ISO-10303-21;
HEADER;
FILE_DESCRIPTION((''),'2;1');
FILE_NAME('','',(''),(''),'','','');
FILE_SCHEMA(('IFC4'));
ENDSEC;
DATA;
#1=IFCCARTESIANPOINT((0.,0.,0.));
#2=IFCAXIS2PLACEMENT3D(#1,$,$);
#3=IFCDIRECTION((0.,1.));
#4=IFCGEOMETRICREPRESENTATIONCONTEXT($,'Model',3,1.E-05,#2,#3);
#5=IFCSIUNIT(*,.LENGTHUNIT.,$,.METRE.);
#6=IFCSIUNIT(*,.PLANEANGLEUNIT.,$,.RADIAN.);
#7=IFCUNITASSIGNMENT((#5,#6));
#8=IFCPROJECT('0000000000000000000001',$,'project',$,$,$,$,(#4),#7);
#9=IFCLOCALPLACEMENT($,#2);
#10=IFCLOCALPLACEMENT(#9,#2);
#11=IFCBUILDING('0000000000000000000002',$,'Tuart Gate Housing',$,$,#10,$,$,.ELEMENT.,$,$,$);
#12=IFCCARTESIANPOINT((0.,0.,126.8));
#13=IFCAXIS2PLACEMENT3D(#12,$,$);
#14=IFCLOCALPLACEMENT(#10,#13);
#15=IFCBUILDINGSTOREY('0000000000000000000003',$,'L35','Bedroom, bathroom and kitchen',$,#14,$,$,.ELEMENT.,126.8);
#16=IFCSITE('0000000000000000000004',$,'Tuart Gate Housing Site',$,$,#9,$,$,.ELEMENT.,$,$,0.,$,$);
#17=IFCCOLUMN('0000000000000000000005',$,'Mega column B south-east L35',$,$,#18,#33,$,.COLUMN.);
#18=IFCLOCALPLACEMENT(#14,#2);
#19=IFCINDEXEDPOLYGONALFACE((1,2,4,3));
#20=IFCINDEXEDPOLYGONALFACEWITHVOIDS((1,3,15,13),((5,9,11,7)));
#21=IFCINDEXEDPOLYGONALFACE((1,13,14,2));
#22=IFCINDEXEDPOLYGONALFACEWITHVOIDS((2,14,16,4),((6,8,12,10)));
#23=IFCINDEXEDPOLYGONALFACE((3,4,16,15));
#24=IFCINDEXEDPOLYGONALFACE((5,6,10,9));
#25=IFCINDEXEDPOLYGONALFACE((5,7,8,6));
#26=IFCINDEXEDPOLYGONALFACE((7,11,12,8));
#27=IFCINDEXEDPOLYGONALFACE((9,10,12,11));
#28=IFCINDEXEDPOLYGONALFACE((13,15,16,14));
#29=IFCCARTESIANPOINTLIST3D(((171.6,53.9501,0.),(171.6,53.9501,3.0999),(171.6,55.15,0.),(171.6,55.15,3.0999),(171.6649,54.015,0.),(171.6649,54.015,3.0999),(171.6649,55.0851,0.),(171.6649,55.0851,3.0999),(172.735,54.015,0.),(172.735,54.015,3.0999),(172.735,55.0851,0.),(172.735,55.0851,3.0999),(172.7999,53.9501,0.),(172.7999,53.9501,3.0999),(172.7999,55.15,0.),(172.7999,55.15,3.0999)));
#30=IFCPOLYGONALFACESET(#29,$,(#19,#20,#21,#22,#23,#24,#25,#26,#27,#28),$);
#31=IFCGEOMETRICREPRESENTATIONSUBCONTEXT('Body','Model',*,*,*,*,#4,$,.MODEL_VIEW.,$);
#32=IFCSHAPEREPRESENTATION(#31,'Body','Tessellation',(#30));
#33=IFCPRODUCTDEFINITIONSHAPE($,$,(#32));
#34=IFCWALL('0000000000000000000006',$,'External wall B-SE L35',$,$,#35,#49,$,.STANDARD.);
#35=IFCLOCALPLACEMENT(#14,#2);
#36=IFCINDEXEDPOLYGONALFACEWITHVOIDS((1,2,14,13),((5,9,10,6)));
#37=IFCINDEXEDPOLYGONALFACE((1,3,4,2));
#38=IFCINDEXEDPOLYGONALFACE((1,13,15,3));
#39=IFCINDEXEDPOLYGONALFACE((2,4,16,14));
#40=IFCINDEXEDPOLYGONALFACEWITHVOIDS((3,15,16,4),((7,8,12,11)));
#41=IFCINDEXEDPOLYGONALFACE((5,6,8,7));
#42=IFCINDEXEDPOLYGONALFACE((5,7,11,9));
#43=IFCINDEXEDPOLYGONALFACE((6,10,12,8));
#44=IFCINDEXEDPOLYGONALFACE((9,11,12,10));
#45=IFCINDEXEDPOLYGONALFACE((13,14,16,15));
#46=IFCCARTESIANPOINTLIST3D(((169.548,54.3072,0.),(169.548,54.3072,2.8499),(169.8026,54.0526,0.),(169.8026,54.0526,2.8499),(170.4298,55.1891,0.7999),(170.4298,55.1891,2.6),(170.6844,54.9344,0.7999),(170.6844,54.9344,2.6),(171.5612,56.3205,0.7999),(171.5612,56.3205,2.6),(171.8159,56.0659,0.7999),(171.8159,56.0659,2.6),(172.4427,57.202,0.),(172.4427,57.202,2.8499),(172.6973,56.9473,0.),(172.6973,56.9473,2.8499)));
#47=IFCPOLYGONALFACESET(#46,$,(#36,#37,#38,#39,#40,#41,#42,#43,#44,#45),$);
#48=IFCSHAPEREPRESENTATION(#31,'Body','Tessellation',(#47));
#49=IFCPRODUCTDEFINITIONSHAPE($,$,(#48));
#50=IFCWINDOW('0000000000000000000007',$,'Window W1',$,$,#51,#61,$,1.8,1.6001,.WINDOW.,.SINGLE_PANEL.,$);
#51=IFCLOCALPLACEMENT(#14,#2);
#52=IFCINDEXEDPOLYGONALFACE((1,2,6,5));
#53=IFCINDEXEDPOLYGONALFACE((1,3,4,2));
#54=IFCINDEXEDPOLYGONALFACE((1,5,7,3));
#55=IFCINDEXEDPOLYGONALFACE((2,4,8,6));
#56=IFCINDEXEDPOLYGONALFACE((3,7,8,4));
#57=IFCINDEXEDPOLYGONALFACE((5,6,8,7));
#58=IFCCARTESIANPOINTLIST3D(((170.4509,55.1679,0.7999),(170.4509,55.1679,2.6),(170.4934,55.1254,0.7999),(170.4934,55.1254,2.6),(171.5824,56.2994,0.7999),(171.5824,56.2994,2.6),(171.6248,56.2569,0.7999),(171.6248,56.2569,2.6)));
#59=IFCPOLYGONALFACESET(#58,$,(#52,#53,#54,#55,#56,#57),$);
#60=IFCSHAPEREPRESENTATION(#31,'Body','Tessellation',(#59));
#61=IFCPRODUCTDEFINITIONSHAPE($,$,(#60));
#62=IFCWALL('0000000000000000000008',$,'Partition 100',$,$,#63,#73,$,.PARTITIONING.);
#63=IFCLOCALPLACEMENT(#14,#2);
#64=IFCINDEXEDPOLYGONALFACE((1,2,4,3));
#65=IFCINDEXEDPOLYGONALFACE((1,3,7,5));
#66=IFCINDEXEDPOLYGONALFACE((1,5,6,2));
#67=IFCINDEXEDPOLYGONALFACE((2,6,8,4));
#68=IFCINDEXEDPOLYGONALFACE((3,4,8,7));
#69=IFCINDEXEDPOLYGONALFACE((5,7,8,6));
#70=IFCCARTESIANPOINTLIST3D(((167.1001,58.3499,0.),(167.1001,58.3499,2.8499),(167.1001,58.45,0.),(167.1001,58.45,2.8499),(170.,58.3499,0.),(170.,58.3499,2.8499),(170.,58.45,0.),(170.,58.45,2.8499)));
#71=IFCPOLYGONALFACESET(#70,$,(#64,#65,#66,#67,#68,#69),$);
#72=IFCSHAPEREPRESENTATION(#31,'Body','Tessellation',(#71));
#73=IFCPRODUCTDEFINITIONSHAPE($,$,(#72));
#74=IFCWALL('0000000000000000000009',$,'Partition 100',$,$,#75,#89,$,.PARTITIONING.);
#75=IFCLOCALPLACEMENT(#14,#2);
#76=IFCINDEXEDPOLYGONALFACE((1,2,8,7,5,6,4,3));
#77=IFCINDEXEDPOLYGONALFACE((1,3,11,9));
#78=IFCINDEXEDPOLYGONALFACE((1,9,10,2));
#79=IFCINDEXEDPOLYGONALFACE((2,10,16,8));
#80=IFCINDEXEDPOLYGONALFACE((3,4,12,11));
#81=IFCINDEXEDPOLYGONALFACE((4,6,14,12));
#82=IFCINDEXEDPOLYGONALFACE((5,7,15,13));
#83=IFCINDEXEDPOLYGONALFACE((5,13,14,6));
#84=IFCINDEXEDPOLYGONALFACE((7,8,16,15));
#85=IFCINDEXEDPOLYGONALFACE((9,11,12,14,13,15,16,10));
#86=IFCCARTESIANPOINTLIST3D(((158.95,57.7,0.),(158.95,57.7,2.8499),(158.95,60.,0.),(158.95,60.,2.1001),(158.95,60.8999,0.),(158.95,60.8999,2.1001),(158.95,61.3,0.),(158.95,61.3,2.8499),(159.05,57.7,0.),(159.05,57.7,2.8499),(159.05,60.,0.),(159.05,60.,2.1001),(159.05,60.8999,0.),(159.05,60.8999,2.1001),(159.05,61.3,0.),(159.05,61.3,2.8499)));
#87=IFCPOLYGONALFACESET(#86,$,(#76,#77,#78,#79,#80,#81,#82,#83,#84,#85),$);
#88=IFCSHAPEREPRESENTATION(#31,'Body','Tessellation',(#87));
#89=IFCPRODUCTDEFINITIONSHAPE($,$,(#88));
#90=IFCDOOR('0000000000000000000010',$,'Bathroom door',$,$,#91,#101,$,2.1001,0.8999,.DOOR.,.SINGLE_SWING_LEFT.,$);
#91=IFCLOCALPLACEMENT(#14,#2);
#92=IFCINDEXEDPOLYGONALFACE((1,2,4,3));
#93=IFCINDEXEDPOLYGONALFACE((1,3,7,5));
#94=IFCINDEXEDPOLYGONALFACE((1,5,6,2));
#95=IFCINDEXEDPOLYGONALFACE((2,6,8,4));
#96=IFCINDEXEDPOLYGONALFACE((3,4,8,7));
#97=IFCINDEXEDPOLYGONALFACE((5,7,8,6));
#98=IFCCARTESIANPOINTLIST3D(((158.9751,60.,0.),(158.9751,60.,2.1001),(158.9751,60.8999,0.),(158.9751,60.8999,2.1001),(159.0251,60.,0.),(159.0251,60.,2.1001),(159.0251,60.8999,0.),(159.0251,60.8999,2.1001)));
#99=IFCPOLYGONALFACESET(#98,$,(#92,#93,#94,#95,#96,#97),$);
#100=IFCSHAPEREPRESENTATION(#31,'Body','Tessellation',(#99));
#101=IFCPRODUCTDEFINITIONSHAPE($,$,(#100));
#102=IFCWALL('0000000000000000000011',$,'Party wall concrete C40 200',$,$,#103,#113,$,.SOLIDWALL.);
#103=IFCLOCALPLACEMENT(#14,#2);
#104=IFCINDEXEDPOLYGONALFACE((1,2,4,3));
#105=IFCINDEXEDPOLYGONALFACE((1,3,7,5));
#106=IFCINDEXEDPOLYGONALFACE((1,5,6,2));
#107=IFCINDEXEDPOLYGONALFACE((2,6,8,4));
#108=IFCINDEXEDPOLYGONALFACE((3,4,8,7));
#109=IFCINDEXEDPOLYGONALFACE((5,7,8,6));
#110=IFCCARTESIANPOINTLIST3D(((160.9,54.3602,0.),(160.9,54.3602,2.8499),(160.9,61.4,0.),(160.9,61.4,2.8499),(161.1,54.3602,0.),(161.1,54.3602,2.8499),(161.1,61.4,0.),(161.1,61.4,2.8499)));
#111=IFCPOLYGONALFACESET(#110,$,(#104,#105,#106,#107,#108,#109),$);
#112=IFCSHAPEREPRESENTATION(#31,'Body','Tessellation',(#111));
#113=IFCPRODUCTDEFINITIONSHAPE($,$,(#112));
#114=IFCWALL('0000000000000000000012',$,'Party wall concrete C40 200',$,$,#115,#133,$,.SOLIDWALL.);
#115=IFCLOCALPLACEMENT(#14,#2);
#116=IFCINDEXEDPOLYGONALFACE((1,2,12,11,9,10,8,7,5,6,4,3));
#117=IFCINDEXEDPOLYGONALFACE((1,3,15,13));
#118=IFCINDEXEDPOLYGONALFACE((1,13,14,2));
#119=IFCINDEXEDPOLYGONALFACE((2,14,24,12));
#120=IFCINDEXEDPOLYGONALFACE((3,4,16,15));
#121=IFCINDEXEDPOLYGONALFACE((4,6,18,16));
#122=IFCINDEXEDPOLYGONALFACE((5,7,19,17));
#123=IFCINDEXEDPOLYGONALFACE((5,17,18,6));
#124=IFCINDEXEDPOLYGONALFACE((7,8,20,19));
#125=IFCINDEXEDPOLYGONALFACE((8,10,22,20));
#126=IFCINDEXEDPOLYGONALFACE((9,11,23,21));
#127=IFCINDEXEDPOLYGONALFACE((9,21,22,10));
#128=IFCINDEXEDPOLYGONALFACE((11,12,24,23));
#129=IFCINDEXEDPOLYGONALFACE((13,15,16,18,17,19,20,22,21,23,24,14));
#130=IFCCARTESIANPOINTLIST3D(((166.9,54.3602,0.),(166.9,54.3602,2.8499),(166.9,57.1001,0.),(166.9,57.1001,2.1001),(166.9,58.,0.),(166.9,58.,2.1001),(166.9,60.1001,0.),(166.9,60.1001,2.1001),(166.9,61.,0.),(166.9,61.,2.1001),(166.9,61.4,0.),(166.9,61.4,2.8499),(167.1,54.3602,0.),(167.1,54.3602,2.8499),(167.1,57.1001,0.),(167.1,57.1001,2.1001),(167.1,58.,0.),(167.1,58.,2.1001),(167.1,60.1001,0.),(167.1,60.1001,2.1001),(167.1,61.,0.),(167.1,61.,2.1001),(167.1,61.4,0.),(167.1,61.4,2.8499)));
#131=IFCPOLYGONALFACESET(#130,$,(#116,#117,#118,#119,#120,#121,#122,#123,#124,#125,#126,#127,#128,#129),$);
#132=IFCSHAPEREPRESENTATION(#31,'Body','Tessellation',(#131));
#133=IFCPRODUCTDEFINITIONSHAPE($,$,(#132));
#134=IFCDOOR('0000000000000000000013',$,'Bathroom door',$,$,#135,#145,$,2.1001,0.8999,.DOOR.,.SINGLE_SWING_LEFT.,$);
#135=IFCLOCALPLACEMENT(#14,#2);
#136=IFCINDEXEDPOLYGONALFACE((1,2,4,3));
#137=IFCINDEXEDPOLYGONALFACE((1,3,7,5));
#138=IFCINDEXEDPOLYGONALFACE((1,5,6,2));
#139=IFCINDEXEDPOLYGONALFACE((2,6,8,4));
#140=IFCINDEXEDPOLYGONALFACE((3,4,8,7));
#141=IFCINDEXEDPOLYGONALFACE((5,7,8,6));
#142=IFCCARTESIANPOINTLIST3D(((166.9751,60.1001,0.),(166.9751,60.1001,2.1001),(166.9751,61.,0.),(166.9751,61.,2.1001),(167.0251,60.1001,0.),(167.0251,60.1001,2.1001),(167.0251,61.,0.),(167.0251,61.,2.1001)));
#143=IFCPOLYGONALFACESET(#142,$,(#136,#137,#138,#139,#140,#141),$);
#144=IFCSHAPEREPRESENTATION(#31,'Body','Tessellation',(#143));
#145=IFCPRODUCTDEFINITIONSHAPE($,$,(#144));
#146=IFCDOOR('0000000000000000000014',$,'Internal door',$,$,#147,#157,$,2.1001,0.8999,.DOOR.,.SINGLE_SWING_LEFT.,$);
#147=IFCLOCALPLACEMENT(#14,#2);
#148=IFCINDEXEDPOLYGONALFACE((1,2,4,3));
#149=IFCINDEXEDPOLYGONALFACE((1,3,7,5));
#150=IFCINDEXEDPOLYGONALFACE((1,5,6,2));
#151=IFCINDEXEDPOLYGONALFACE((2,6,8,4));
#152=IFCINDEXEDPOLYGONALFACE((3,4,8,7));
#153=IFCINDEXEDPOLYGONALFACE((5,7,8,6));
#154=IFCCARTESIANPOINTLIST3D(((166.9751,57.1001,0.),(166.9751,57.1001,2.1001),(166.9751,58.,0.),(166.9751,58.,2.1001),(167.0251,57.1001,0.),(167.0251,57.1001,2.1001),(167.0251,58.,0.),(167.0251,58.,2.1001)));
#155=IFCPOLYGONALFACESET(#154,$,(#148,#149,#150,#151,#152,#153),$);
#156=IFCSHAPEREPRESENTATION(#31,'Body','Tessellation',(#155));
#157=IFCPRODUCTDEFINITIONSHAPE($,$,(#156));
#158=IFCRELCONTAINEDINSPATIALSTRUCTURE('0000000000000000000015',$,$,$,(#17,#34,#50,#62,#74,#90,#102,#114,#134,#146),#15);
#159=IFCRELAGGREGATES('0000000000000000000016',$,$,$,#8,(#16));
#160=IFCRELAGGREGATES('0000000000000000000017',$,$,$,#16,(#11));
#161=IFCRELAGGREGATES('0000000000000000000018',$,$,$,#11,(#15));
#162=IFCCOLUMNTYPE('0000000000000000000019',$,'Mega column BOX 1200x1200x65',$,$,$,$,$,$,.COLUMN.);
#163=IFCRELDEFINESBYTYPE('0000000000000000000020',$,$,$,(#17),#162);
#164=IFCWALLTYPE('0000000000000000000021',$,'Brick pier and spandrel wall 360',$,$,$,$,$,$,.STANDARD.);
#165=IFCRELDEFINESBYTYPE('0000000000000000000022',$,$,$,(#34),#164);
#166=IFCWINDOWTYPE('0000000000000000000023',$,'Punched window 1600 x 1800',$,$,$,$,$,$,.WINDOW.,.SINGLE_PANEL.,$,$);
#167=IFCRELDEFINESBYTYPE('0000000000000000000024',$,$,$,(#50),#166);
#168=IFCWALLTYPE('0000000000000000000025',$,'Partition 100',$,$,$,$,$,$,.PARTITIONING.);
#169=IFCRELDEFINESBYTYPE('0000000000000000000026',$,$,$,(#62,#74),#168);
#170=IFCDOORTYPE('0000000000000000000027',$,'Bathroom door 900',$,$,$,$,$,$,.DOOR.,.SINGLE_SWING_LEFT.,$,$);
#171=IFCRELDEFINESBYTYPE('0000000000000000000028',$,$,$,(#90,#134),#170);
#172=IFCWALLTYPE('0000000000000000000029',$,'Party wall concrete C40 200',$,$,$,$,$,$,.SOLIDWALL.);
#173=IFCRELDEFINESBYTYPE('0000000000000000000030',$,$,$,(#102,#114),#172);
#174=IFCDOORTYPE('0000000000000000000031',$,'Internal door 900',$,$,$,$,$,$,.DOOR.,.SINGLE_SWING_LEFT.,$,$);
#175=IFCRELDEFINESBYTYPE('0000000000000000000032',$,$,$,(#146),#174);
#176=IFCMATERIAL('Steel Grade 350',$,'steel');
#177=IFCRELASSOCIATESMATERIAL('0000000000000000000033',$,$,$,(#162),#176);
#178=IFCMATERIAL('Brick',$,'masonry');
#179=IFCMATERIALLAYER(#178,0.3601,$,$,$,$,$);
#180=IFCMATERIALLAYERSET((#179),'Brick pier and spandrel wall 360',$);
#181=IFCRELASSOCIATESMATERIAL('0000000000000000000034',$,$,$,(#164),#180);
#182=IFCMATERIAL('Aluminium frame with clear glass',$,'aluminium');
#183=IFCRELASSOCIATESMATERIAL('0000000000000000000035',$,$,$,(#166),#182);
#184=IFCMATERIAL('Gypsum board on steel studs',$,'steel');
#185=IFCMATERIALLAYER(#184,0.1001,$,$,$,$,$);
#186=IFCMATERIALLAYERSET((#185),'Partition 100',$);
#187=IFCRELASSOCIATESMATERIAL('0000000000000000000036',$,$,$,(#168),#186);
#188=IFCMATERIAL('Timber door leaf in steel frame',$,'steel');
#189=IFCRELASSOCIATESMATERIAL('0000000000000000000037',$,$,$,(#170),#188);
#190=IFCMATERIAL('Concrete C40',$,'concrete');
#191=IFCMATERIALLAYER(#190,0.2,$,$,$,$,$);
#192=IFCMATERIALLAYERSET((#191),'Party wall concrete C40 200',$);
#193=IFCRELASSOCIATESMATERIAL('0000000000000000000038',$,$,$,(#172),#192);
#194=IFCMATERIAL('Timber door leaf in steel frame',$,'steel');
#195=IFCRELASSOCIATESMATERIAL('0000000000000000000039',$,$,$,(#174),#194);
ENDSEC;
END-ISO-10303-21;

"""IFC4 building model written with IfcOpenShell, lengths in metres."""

from ifc_helpers import new_model, si_unit, direction, frame, frame_2d, origin, origin_2d, place, context, subcontext, project, spatial, rectangle, hollow_rectangle, extrude, material, layer, layer_set, material_profile, profile_set, type_object, element, fill, save


model = new_model("IFC4")

# Units and contexts
model_context = context("Model", 3, precision=1e-05, world=origin(), true_north=direction((0.0, 1.0)))
body_context = subcontext(model_context, "Body", "Model", "MODEL_VIEW")
ifc_project = project(units=[si_unit("LENGTHUNIT", "METRE"), si_unit("PLANEANGLEUNIT", "RADIAN")], contexts=[model_context])

# Site, building, storey
site_placement = place(None, origin())
site = spatial("IfcSite", under=ifc_project, at=site_placement, Name="Tuart Gate Housing Site", CompositionType="ELEMENT", RefElevation=0.0)
building_placement = place(site_placement, origin())
building = spatial("IfcBuilding", under=site, at=building_placement, Name="Tuart Gate Housing", CompositionType="ELEMENT")
storey_placement = place(building_placement, frame((0.0, 0.0, 126.8)))
storey = spatial("IfcBuildingStorey", under=building, at=storey_placement, Name="L35", Description="Bedroom, bathroom and kitchen", CompositionType="ELEMENT", Elevation=126.8)

# Column
ifc_material_1 = material(Name="Steel Grade 350", Category="steel")
ifc_material_profile = material_profile(ifc_material_1, hollow_rectangle(XDim=1.2, YDim=1.2, WallThickness=0.0649, at=origin_2d()), Name="BOX 1200x1200x65")
ifc_profile_set = profile_set([ifc_material_profile], Name="Steel Grade 350")
column_type = type_object("IfcColumnType", Name="Mega column BOX 1200x1200x65", PredefinedType="COLUMN", material=ifc_profile_set)
column_placement = place(storey_placement, frame((172.2, 54.55, 0.0), z_axis=(0.0, 0.0, 1.0), x_axis=(1.0, 0.0, 0.0)))
element("IfcColumn", 1, at=column_placement, inside=storey, type_object=column_type, Name="Mega column B south-east L35", PredefinedType="COLUMN", context=body_context, shape_type="SweptSolid", body=[
    extrude(hollow_rectangle(XDim=1.2, YDim=1.2, WallThickness=0.0649, at=origin_2d()), origin(), (0.0, 0.0, 1.0), 3.0999),
])

# Wall, opening, window
ifc_material_2 = material(Name="Brick", Category="masonry")
ifc_layer_1 = layer(ifc_material_2, 0.3601)
ifc_layer_set_1 = layer_set([ifc_layer_1], Name="Brick pier and spandrel wall 360")
wall_type_1 = type_object("IfcWallType", Name="Brick pier and spandrel wall 360", PredefinedType="STANDARD", material=ifc_layer_set_1)
wall_1_placement = place(storey_placement, frame((169.6753, 54.1799, 0.0), z_axis=(0.0, 0.0, 1.0), x_axis=(0.707107, 0.707107, 0.0)))
wall_1 = element("IfcWall", 2, at=wall_1_placement, inside=storey, type_object=wall_type_1, Name="External wall B-SE L35", PredefinedType="STANDARD", context=body_context, shape_type="SweptSolid", body=[
    extrude(rectangle(XDim=4.0938, YDim=0.3601, at=frame_2d((2.0469, 0.0))), origin(), (0.0, 0.0, 1.0), 2.8499),
])
opening_1_placement = place(wall_1_placement, frame((1.2471, 0.0, 0.8)))
opening_1 = element("IfcOpeningElement", 3, at=opening_1_placement, cuts=wall_1, PredefinedType="OPENING", context=body_context, shape_type="SweptSolid", body=[
    extrude(rectangle(XDim=1.6001, YDim=1.8, at=frame_2d((0.8, 0.8999))), frame((0.0, 0.1899, 0.0), z_axis=(0.0, -1.0, 0.0), x_axis=(1.0, 0.0, 0.0)), (0.0, 0.0, 1.0), 0.3801),
])
ifc_material_3 = material(Name="Aluminium frame with clear glass", Category="aluminium")
window_type_1 = type_object("IfcWindowType", Name="Punched window 1600 x 1800", PartitioningType="SINGLE_PANEL", PredefinedType="WINDOW", material=ifc_material_3)
window_1_placement = place(opening_1_placement, origin())
window_1 = element("IfcWindow", 4, at=window_1_placement, inside=storey, type_object=window_type_1, Name="Window W1", OverallHeight=1.8, OverallWidth=1.6001, PartitioningType="SINGLE_PANEL", PredefinedType="WINDOW", context=body_context, shape_type="SweptSolid", body=[
    extrude(rectangle(XDim=1.6001, YDim=1.8, at=frame_2d((0.8, 0.8999))), frame((0.0, 0.1501, 0.0), z_axis=(0.0, -1.0, 0.0), x_axis=(1.0, 0.0, 0.0)), (0.0, 0.0, 1.0), 0.0601),
])
fill(opening_1, window_1)

# Wall
ifc_material_4 = material(Name="Gypsum board on steel studs", Category="steel")
ifc_layer_2 = layer(ifc_material_4, 0.1001)
ifc_layer_set_2 = layer_set([ifc_layer_2], Name="Partition 100")
wall_type_2 = type_object("IfcWallType", Name="Partition 100", PredefinedType="PARTITIONING", material=ifc_layer_set_2)
wall_2_placement = place(storey_placement, frame((167.1001, 58.3999, 0.0), z_axis=(0.0, 0.0, 1.0), x_axis=(1.0, 0.0, 0.0)))
element("IfcWall", 5, at=wall_2_placement, inside=storey, type_object=wall_type_2, Name="Partition 100", PredefinedType="PARTITIONING", context=body_context, shape_type="SweptSolid", body=[
    extrude(rectangle(XDim=2.8999, YDim=0.1001, at=frame_2d((1.45, 0.0))), origin(), (0.0, 0.0, 1.0), 2.8499),
])

# Wall, opening, door
wall_3_placement = place(storey_placement, frame((159.0, 57.7, 0.0), z_axis=(0.0, 0.0, 1.0), x_axis=(0.0, 1.0, 0.0)))
wall_3 = element("IfcWall", 6, at=wall_3_placement, inside=storey, type_object=wall_type_2, Name="Partition 100", PredefinedType="PARTITIONING", context=body_context, shape_type="SweptSolid", body=[
    extrude(rectangle(XDim=3.6001, YDim=0.1001, at=frame_2d((1.8, 0.0))), origin(), (0.0, 0.0, 1.0), 2.8499),
])
opening_2_placement = place(wall_3_placement, frame((2.3, 0.0, 0.0)))
opening_2 = element("IfcOpeningElement", 7, at=opening_2_placement, cuts=wall_3, PredefinedType="OPENING", context=body_context, shape_type="SweptSolid", body=[
    extrude(rectangle(XDim=0.8999, YDim=2.1001, at=frame_2d((0.45, 1.05))), frame((0.0, 0.0601, 0.0), z_axis=(0.0, -1.0, 0.0), x_axis=(1.0, 0.0, 0.0)), (0.0, 0.0, 1.0), 0.1201),
])
ifc_material_5 = material(Name="Timber door leaf in steel frame", Category="steel")
door_type_1 = type_object("IfcDoorType", Name="Bathroom door 900", OperationType="SINGLE_SWING_LEFT", PredefinedType="DOOR", material=ifc_material_5)
door_1_placement = place(opening_2_placement, frame((0.8999, 0.0, 0.0), z_axis=(0.0, 0.0, 1.0), x_axis=(-1.0, 0.0, 0.0)))
door_1 = element("IfcDoor", 8, at=door_1_placement, inside=storey, type_object=door_type_1, Name="Bathroom door", OperationType="SINGLE_SWING_LEFT", OverallHeight=2.1001, OverallWidth=0.8999, PredefinedType="DOOR", context=body_context, shape_type="SweptSolid", body=[
    extrude(rectangle(XDim=0.8999, YDim=2.1001, at=frame_2d((0.45, 1.05))), frame((0.0, 0.0251, 0.0), z_axis=(0.0, -1.0, 0.0), x_axis=(1.0, 0.0, 0.0)), (0.0, 0.0, 1.0), 0.05),
])
fill(opening_2, door_1)

# Wall
ifc_material_6 = material(Name="Concrete C40", Category="concrete")
ifc_layer_3 = layer(ifc_material_6, 0.2)
ifc_layer_set_3 = layer_set([ifc_layer_3], Name="Party wall concrete C40 200")
wall_type_3 = type_object("IfcWallType", Name="Party wall concrete C40 200", PredefinedType="SOLIDWALL", material=ifc_layer_set_3)
wall_4_placement = place(storey_placement, frame((161.0, 54.3601, 0.0), z_axis=(0.0, 0.0, 1.0), x_axis=(0.0, 1.0, 0.0)))
element("IfcWall", 9, at=wall_4_placement, inside=storey, type_object=wall_type_3, Name="Party wall concrete C40 200", PredefinedType="SOLIDWALL", context=body_context, shape_type="SweptSolid", body=[
    extrude(rectangle(XDim=7.0398, YDim=0.2, at=frame_2d((3.52, 0.0))), origin(), (0.0, 0.0, 1.0), 2.8499),
])

# Wall, openings, doors
wall_5_placement = place(storey_placement, frame((167.0, 54.3601, 0.0), z_axis=(0.0, 0.0, 1.0), x_axis=(0.0, 1.0, 0.0)))
wall_5 = element("IfcWall", 10, at=wall_5_placement, inside=storey, type_object=wall_type_3, Name="Party wall concrete C40 200", PredefinedType="SOLIDWALL", context=body_context, shape_type="SweptSolid", body=[
    extrude(rectangle(XDim=7.0398, YDim=0.2, at=frame_2d((3.52, 0.0))), origin(), (0.0, 0.0, 1.0), 2.8499),
])
opening_3_placement = place(wall_5_placement, frame((2.74, 0.0, 0.0)))
opening_3 = element("IfcOpeningElement", 11, at=opening_3_placement, cuts=wall_5, PredefinedType="OPENING", context=body_context, shape_type="SweptSolid", body=[
    extrude(rectangle(XDim=0.8999, YDim=2.1001, at=frame_2d((0.45, 1.05))), frame((0.0, 0.1099, 0.0), z_axis=(0.0, -1.0, 0.0), x_axis=(1.0, 0.0, 0.0)), (0.0, 0.0, 1.0), 0.22),
])
opening_4_placement = place(wall_5_placement, frame((5.74, 0.0, 0.0)))
opening_4 = element("IfcOpeningElement", 12, at=opening_4_placement, cuts=wall_5, PredefinedType="OPENING", context=body_context, shape_type="SweptSolid", body=[
    extrude(rectangle(XDim=0.8999, YDim=2.1001, at=frame_2d((0.45, 1.05))), frame((0.0, 0.1099, 0.0), z_axis=(0.0, -1.0, 0.0), x_axis=(1.0, 0.0, 0.0)), (0.0, 0.0, 1.0), 0.22),
])
door_2_placement = place(opening_4_placement, frame((0.8999, 0.0, 0.0), z_axis=(0.0, 0.0, 1.0), x_axis=(-1.0, 0.0, 0.0)))
door_2 = element("IfcDoor", 13, at=door_2_placement, inside=storey, type_object=door_type_1, Name="Bathroom door", OperationType="SINGLE_SWING_LEFT", OverallHeight=2.1001, OverallWidth=0.8999, PredefinedType="DOOR", context=body_context, shape_type="SweptSolid", body=[
    extrude(rectangle(XDim=0.8999, YDim=2.1001, at=frame_2d((0.45, 1.05))), frame((0.0, 0.0251, 0.0), z_axis=(0.0, -1.0, 0.0), x_axis=(1.0, 0.0, 0.0)), (0.0, 0.0, 1.0), 0.05),
])
fill(opening_4, door_2)
ifc_material_7 = material(Name="Timber door leaf in steel frame", Category="steel")
door_type_2 = type_object("IfcDoorType", Name="Internal door 900", OperationType="SINGLE_SWING_LEFT", PredefinedType="DOOR", material=ifc_material_7)
door_3_placement = place(opening_3_placement, frame((0.8999, 0.0, 0.0), z_axis=(0.0, 0.0, 1.0), x_axis=(-1.0, 0.0, 0.0)))
door_3 = element("IfcDoor", 14, at=door_3_placement, inside=storey, type_object=door_type_2, Name="Internal door", OperationType="SINGLE_SWING_LEFT", OverallHeight=2.1001, OverallWidth=0.8999, PredefinedType="DOOR", context=body_context, shape_type="SweptSolid", body=[
    extrude(rectangle(XDim=0.8999, YDim=2.1001, at=frame_2d((0.45, 1.05))), frame((0.0, 0.0251, 0.0), z_axis=(0.0, -1.0, 0.0), x_axis=(1.0, 0.0, 0.0)), (0.0, 0.0, 1.0), 0.05),
])
fill(opening_3, door_3)

save(model, "model.ifc")
